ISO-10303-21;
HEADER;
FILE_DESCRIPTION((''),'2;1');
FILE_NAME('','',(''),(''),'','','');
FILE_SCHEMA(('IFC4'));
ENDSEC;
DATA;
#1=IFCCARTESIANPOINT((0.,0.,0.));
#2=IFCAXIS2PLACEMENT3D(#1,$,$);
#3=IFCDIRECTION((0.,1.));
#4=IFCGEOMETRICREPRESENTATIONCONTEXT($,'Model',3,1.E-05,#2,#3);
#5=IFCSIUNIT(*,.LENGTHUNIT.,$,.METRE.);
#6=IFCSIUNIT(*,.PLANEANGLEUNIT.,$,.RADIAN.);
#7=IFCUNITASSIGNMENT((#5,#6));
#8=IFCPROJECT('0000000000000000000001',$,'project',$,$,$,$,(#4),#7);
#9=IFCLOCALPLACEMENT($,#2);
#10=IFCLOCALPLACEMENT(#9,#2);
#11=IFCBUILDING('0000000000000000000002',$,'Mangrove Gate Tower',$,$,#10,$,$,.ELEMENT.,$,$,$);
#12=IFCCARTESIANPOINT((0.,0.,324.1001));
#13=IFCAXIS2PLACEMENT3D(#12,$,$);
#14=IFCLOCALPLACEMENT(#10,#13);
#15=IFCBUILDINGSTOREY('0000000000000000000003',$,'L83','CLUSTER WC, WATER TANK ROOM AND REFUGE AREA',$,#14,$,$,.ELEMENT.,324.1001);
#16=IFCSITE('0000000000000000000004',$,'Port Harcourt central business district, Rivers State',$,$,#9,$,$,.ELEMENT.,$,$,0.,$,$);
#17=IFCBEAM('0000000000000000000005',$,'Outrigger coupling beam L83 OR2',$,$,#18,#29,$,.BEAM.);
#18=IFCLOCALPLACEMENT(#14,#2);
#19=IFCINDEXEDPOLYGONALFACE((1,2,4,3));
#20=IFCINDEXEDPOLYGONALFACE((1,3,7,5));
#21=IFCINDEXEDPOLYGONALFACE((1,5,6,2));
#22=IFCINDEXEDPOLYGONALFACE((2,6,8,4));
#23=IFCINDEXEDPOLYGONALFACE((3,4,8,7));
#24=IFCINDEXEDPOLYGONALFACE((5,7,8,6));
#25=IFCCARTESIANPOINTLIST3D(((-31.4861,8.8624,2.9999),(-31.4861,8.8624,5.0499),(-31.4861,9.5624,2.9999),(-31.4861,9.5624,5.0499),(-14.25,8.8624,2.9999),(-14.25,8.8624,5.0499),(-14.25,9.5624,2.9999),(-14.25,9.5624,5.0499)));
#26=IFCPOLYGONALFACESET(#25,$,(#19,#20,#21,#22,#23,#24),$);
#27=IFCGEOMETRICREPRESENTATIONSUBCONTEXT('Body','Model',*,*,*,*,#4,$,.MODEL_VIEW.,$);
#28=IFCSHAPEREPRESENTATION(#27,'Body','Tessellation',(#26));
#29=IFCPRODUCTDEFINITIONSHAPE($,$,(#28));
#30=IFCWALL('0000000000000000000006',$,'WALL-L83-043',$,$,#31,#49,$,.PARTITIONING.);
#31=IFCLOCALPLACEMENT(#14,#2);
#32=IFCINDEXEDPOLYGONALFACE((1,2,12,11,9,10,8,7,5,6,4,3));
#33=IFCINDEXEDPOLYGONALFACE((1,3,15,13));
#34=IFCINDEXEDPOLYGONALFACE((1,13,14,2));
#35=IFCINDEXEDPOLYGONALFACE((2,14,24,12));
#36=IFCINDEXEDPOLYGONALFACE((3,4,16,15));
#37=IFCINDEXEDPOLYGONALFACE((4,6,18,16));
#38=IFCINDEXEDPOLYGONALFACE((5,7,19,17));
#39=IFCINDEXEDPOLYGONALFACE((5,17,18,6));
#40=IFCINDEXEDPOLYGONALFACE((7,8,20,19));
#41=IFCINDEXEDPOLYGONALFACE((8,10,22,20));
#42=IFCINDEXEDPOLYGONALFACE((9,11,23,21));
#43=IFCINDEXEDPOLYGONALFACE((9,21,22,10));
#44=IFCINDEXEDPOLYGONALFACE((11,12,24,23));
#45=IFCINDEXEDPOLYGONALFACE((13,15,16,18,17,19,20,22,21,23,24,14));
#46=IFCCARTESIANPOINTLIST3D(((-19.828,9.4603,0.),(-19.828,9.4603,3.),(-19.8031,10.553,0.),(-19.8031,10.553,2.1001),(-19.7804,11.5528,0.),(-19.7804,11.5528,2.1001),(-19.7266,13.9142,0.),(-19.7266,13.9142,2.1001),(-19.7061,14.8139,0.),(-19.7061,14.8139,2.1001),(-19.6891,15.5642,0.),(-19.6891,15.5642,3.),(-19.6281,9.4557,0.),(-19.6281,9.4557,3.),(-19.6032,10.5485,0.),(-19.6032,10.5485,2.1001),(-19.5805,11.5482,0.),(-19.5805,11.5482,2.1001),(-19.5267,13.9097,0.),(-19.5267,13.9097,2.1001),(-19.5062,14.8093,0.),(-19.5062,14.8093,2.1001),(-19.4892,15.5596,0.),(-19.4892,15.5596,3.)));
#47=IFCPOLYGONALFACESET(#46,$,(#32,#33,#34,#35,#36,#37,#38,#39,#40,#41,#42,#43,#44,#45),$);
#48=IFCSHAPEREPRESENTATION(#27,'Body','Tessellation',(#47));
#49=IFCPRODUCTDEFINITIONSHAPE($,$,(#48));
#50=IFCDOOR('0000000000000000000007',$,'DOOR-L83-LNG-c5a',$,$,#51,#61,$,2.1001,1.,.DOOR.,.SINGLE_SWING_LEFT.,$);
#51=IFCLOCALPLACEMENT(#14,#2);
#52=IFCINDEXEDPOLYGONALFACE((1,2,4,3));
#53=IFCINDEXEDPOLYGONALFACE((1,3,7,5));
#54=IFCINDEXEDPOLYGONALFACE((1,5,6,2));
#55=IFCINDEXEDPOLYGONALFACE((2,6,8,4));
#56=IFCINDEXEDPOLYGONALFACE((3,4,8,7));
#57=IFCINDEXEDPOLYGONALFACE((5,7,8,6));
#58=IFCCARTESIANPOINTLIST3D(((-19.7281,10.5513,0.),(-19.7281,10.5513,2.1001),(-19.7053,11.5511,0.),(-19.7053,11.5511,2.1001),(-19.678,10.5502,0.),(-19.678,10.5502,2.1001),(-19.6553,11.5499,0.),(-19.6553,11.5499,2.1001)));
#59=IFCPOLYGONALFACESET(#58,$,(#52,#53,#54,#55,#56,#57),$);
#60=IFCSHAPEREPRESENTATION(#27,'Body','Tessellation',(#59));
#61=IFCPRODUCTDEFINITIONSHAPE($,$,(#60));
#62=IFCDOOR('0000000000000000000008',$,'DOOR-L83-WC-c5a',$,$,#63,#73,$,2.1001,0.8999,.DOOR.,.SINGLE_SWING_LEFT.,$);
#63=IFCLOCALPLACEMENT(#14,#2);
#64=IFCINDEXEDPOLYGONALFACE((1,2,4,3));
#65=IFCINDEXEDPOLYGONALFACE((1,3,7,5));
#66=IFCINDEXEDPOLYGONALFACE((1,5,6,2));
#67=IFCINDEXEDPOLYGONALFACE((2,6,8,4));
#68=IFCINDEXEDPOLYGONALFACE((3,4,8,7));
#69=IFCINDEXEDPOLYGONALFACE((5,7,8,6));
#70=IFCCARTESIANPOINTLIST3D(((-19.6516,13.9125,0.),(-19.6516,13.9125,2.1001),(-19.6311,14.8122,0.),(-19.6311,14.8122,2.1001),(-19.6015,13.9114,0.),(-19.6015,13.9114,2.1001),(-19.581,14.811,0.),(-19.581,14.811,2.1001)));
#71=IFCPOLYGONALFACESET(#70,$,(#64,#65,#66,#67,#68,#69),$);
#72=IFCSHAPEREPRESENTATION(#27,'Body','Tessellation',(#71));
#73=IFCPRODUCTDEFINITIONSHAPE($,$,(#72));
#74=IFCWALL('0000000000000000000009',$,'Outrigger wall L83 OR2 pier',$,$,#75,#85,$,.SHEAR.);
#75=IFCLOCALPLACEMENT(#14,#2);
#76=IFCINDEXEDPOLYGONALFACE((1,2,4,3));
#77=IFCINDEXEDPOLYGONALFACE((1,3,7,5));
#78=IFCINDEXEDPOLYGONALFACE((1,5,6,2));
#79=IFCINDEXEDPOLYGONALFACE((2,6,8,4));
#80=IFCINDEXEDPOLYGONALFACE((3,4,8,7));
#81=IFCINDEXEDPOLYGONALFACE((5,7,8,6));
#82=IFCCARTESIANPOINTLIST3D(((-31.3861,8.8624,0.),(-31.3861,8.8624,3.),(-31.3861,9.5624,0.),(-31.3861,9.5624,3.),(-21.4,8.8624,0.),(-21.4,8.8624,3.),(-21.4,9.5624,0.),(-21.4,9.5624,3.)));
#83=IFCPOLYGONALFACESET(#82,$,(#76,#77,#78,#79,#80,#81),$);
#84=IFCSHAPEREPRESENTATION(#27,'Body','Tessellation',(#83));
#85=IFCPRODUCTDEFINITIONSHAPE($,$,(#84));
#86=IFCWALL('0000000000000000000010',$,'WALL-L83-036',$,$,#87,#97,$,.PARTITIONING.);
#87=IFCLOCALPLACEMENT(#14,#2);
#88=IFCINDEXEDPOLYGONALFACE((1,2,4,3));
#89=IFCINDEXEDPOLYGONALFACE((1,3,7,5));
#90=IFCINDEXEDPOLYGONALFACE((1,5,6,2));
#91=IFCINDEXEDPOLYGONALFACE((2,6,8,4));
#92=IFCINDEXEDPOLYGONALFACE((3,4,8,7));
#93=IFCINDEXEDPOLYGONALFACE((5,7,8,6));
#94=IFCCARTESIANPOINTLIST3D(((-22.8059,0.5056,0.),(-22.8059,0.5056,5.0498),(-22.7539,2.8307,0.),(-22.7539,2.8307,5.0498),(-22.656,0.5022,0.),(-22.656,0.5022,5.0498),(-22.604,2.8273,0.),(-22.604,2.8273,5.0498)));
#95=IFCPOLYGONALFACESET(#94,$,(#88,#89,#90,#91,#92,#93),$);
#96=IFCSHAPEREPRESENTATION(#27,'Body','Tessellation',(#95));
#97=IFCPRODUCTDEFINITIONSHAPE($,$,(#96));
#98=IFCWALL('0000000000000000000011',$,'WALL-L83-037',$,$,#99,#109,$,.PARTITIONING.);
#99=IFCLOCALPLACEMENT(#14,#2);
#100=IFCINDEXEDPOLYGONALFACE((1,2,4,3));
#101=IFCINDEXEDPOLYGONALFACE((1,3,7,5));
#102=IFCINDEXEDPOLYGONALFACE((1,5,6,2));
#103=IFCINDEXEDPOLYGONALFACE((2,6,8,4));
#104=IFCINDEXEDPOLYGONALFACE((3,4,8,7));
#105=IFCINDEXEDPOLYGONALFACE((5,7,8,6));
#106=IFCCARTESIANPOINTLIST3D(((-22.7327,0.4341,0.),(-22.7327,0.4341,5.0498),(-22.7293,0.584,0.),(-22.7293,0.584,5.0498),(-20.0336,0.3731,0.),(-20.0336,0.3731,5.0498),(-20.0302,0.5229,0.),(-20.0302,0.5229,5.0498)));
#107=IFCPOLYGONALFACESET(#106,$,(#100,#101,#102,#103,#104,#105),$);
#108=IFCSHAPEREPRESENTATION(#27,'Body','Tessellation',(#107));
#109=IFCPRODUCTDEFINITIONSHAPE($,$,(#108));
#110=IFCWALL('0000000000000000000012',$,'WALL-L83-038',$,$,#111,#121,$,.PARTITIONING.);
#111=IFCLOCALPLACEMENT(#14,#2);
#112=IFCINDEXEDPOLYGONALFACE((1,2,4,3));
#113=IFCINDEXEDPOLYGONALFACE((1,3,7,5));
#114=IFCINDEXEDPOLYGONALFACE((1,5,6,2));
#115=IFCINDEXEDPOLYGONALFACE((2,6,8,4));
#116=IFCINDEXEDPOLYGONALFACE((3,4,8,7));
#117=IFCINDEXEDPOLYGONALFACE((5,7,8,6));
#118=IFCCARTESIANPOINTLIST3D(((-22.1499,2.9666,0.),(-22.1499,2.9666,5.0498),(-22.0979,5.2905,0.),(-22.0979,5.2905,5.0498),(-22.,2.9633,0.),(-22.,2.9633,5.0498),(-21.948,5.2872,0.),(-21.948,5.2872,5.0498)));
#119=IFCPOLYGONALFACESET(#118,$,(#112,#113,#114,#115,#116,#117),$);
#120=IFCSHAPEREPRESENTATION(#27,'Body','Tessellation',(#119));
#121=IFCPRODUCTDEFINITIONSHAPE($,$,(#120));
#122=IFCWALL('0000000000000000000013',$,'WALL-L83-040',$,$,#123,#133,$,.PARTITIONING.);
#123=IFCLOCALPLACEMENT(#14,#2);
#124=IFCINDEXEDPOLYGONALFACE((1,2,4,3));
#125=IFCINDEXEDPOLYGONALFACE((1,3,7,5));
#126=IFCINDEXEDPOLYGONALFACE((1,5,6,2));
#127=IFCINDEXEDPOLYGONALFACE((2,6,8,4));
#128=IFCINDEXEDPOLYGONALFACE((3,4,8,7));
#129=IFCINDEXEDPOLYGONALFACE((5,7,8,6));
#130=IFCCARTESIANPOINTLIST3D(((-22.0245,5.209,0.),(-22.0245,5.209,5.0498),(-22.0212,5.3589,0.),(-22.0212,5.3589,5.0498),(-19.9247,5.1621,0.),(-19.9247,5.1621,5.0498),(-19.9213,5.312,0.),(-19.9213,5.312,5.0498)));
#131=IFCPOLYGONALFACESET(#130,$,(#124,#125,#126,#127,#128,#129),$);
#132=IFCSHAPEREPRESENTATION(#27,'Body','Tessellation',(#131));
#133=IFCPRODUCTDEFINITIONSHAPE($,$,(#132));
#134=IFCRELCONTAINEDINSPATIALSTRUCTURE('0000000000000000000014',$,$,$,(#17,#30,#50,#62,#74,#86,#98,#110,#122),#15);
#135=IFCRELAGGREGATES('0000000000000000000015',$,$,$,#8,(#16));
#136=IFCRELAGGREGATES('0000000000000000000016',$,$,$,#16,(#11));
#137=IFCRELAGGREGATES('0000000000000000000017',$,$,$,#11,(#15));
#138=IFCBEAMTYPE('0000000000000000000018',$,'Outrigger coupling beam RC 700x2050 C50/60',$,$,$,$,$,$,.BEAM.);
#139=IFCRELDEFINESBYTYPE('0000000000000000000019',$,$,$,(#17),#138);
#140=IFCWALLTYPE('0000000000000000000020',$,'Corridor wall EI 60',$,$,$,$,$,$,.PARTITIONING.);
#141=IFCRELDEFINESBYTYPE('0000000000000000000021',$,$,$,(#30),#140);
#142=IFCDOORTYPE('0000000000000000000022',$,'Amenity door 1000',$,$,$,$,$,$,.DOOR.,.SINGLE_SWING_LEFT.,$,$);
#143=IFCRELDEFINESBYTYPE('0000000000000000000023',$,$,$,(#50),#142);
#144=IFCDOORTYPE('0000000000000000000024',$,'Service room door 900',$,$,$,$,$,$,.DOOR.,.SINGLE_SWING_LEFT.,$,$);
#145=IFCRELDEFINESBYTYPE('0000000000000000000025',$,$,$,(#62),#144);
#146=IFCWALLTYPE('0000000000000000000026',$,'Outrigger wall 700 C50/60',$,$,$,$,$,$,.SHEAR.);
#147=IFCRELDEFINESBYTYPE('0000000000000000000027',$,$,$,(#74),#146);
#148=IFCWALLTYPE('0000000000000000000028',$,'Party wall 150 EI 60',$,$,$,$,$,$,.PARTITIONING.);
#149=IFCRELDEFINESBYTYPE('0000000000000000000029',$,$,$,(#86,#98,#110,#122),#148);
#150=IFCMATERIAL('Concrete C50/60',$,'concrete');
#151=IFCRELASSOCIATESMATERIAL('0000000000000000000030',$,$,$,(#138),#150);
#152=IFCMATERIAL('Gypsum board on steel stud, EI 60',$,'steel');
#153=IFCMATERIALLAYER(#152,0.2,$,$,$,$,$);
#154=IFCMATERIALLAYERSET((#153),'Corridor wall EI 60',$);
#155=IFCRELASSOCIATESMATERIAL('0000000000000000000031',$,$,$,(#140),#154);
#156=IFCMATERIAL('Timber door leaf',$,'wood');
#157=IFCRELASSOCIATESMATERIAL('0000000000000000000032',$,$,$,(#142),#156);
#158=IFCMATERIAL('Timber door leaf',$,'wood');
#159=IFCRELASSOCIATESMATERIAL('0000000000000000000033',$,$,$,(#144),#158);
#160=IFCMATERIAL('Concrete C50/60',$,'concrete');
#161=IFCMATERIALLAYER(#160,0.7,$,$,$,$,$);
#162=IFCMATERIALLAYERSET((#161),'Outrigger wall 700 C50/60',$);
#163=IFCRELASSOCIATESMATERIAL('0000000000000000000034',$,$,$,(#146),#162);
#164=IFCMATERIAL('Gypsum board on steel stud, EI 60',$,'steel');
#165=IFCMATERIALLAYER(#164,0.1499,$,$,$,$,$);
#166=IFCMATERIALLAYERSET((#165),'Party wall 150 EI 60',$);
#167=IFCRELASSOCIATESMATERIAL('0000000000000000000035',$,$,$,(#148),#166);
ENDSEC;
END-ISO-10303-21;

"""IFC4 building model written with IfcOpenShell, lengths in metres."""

from ifc_helpers import new_model, si_unit, direction, frame, frame_2d, origin, origin_2d, place, context, subcontext, project, spatial, rectangle, extrude, material, layer, layer_set, material_profile, profile_set, type_object, element, fill, save


model = new_model("IFC4")

# Units and contexts
model_context = context("Model", 3, precision=1e-05, world=origin(), true_north=direction((0.0, 1.0)))
body_context = subcontext(model_context, "Body", "Model", "MODEL_VIEW")
ifc_project = project(units=[si_unit("LENGTHUNIT", "METRE"), si_unit("PLANEANGLEUNIT", "RADIAN")], contexts=[model_context])

# Site, building, storey
site_placement = place(None, origin())
site = spatial("IfcSite", under=ifc_project, at=site_placement, Name="Port Harcourt central business district, Rivers State", CompositionType="ELEMENT", RefElevation=0.0)
building_placement = place(site_placement, origin())
building = spatial("IfcBuilding", under=site, at=building_placement, Name="Mangrove Gate Tower", CompositionType="ELEMENT")
storey_placement = place(building_placement, frame((0.0, 0.0, 324.1001)))
storey = spatial("IfcBuildingStorey", under=building, at=storey_placement, Name="L83", Description="CLUSTER WC, WATER TANK ROOM AND REFUGE AREA", CompositionType="ELEMENT", Elevation=324.1001)

# Beam
ifc_material_1 = material(Name="Concrete C50/60", Category="concrete")
ifc_material_profile = material_profile(ifc_material_1, rectangle(XDim=0.7, YDim=2.05, at=origin_2d()))
ifc_profile_set = profile_set([ifc_material_profile], Name="Concrete C50/60")
beam_type = type_object("IfcBeamType", Name="Outrigger coupling beam RC 700x2050 C50/60", PredefinedType="BEAM", material=ifc_profile_set)
beam_placement = place(storey_placement, frame((-14.25, 9.2124, 4.0249), z_axis=(-1.0, 0.0, 0.0), x_axis=(0.0, -1.0, 0.0)))
element("IfcBeam", 1, at=beam_placement, inside=storey, type_object=beam_type, Name="Outrigger coupling beam L83 OR2", PredefinedType="BEAM", context=body_context, shape_type="SweptSolid", body=[
    extrude(rectangle(XDim=0.7, YDim=2.05, at=origin_2d()), origin(), (0.0, 0.0, 1.0), 17.2361),
])

# Wall, openings, doors
ifc_material_2 = material(Name="Gypsum board on steel stud, EI 60", Category="steel")
ifc_layer_1 = layer(ifc_material_2, 0.2)
ifc_layer_set_1 = layer_set([ifc_layer_1], Name="Corridor wall EI 60")
wall_type_1 = type_object("IfcWallType", Name="Corridor wall EI 60", PredefinedType="PARTITIONING", material=ifc_layer_set_1)
wall_1_placement = place(storey_placement, frame((-19.728, 9.458, 0.0), z_axis=(0.0, 0.0, 1.0), x_axis=(0.022752, 0.999741, 0.0)))
wall_1 = element("IfcWall", 2, at=wall_1_placement, inside=storey, type_object=wall_type_1, Name="WALL-L83-043", PredefinedType="PARTITIONING", context=body_context, shape_type="SweptSolid", body=[
    extrude(rectangle(XDim=6.1055, YDim=0.2, at=frame_2d((3.0527, 0.0))), origin(), (0.0, 0.0, 1.0), 3.0),
])
opening_1_placement = place(wall_1_placement, frame((1.093, 0.0, 0.0)))
opening_1 = element("IfcOpeningElement", 3, at=opening_1_placement, cuts=wall_1, PredefinedType="OPENING", context=body_context, shape_type="SweptSolid", body=[
    extrude(rectangle(XDim=1.0, YDim=2.1001, at=frame_2d((0.5, 1.05))), frame((0.0, 0.1099, 0.0), z_axis=(0.0, -1.0, 0.0), x_axis=(1.0, 0.0, 0.0)), (0.0, 0.0, 1.0), 0.22),
])
opening_2_placement = place(wall_1_placement, frame((4.4551, 0.0, 0.0)))
opening_2 = element("IfcOpeningElement", 4, at=opening_2_placement, cuts=wall_1, PredefinedType="OPENING", context=body_context, shape_type="SweptSolid", body=[
    extrude(rectangle(XDim=0.8999, YDim=2.1001, at=frame_2d((0.45, 1.05))), frame((0.0, 0.1099, 0.0), z_axis=(0.0, -1.0, 0.0), x_axis=(1.0, 0.0, 0.0)), (0.0, 0.0, 1.0), 0.22),
])
ifc_material_3 = material(Name="Timber door leaf", Category="wood")
door_type_1 = type_object("IfcDoorType", Name="Amenity door 1000", OperationType="SINGLE_SWING_LEFT", PredefinedType="DOOR", material=ifc_material_3)
door_1_placement = place(opening_1_placement, origin())
door_1 = element("IfcDoor", 5, at=door_1_placement, inside=storey, type_object=door_type_1, Name="DOOR-L83-LNG-c5a", OperationType="SINGLE_SWING_LEFT", OverallHeight=2.1001, OverallWidth=1.0, PredefinedType="DOOR", context=body_context, shape_type="SweptSolid", body=[
    extrude(rectangle(XDim=1.0, YDim=2.1001, at=frame_2d((0.5, 1.05))), frame((0.0, 0.0249, 0.0), z_axis=(0.0, -1.0, 0.0), x_axis=(1.0, 0.0, 0.0)), (0.0, 0.0, 1.0), 0.05),
])
fill(opening_1, door_1)
ifc_material_4 = material(Name="Timber door leaf", Category="wood")
door_type_2 = type_object("IfcDoorType", Name="Service room door 900", OperationType="SINGLE_SWING_LEFT", PredefinedType="DOOR", material=ifc_material_4)
door_2_placement = place(opening_2_placement, origin())
door_2 = element("IfcDoor", 6, at=door_2_placement, inside=storey, type_object=door_type_2, Name="DOOR-L83-WC-c5a", OperationType="SINGLE_SWING_LEFT", OverallHeight=2.1001, OverallWidth=0.8999, PredefinedType="DOOR", context=body_context, shape_type="SweptSolid", body=[
    extrude(rectangle(XDim=0.8999, YDim=2.1001, at=frame_2d((0.45, 1.05))), frame((0.0, 0.0249, 0.0), z_axis=(0.0, -1.0, 0.0), x_axis=(1.0, 0.0, 0.0)), (0.0, 0.0, 1.0), 0.05),
])
fill(opening_2, door_2)

# Walls
ifc_material_5 = material(Name="Concrete C50/60", Category="concrete")
ifc_layer_2 = layer(ifc_material_5, 0.7)
ifc_layer_set_2 = layer_set([ifc_layer_2], Name="Outrigger wall 700 C50/60")
wall_type_2 = type_object("IfcWallType", Name="Outrigger wall 700 C50/60", PredefinedType="SHEAR", material=ifc_layer_set_2)
wall_2_placement = place(storey_placement, frame((-21.3999, 9.2124, 0.0), z_axis=(0.0, 0.0, 1.0), x_axis=(-1.0, 0.0, 0.0)))
element("IfcWall", 7, at=wall_2_placement, inside=storey, type_object=wall_type_2, Name="Outrigger wall L83 OR2 pier", PredefinedType="SHEAR", context=body_context, shape_type="SweptSolid", body=[
    extrude(rectangle(XDim=9.9861, YDim=0.7, at=frame_2d((4.9932, 0.0))), origin(), (0.0, 0.0, 1.0), 3.0),
])
ifc_material_6 = material(Name="Gypsum board on steel stud, EI 60", Category="steel")
ifc_layer_3 = layer(ifc_material_6, 0.1499)
ifc_layer_set_3 = layer_set([ifc_layer_3], Name="Party wall 150 EI 60")
wall_type_3 = type_object("IfcWallType", Name="Party wall 150 EI 60", PredefinedType="PARTITIONING", material=ifc_layer_set_3)
wall_3_placement = place(storey_placement, frame((-22.731, 0.5039, 0.0), z_axis=(0.0, 0.0, 1.0), x_axis=(0.022359, 0.99975, 0.0)))
element("IfcWall", 8, at=wall_3_placement, inside=storey, type_object=wall_type_3, Name="WALL-L83-036", PredefinedType="PARTITIONING", context=body_context, shape_type="SweptSolid", body=[
    extrude(rectangle(XDim=2.3257, YDim=0.1499, at=frame_2d((1.1628, 0.0))), origin(), (0.0, 0.0, 1.0), 5.0498),
])
wall_4_placement = place(storey_placement, frame((-22.731, 0.509, 0.0), z_axis=(0.0, 0.0, 1.0), x_axis=(0.999744, -0.022608, 0.0)))
element("IfcWall", 9, at=wall_4_placement, inside=storey, type_object=wall_type_3, Name="WALL-L83-037", PredefinedType="PARTITIONING", context=body_context, shape_type="SweptSolid", body=[
    extrude(rectangle(XDim=2.6997, YDim=0.1499, at=frame_2d((1.3499, 0.0))), origin(), (0.0, 0.0, 1.0), 5.0498),
])
wall_5_placement = place(storey_placement, frame((-22.075, 2.9651, 0.0), z_axis=(0.0, 0.0, 1.0), x_axis=(0.022371, 0.99975, 0.0)))
element("IfcWall", 10, at=wall_5_placement, inside=storey, type_object=wall_type_3, Name="WALL-L83-038", PredefinedType="PARTITIONING", context=body_context, shape_type="SweptSolid", body=[
    extrude(rectangle(XDim=2.3245, YDim=0.1499, at=frame_2d((1.1621, 0.0))), origin(), (0.0, 0.0, 1.0), 5.0498),
])
wall_6_placement = place(storey_placement, frame((-22.0229, 5.2839, 0.0), z_axis=(0.0, 0.0, 1.0), x_axis=(0.999751, -0.022317, 0.0)))
element("IfcWall", 11, at=wall_6_placement, inside=storey, type_object=wall_type_3, Name="WALL-L83-040", PredefinedType="PARTITIONING", context=body_context, shape_type="SweptSolid", body=[
    extrude(rectangle(XDim=2.1003, YDim=0.1499, at=frame_2d((1.0503, 0.0))), origin(), (0.0, 0.0, 1.0), 5.0498),
])

save(model, "model.ifc")
